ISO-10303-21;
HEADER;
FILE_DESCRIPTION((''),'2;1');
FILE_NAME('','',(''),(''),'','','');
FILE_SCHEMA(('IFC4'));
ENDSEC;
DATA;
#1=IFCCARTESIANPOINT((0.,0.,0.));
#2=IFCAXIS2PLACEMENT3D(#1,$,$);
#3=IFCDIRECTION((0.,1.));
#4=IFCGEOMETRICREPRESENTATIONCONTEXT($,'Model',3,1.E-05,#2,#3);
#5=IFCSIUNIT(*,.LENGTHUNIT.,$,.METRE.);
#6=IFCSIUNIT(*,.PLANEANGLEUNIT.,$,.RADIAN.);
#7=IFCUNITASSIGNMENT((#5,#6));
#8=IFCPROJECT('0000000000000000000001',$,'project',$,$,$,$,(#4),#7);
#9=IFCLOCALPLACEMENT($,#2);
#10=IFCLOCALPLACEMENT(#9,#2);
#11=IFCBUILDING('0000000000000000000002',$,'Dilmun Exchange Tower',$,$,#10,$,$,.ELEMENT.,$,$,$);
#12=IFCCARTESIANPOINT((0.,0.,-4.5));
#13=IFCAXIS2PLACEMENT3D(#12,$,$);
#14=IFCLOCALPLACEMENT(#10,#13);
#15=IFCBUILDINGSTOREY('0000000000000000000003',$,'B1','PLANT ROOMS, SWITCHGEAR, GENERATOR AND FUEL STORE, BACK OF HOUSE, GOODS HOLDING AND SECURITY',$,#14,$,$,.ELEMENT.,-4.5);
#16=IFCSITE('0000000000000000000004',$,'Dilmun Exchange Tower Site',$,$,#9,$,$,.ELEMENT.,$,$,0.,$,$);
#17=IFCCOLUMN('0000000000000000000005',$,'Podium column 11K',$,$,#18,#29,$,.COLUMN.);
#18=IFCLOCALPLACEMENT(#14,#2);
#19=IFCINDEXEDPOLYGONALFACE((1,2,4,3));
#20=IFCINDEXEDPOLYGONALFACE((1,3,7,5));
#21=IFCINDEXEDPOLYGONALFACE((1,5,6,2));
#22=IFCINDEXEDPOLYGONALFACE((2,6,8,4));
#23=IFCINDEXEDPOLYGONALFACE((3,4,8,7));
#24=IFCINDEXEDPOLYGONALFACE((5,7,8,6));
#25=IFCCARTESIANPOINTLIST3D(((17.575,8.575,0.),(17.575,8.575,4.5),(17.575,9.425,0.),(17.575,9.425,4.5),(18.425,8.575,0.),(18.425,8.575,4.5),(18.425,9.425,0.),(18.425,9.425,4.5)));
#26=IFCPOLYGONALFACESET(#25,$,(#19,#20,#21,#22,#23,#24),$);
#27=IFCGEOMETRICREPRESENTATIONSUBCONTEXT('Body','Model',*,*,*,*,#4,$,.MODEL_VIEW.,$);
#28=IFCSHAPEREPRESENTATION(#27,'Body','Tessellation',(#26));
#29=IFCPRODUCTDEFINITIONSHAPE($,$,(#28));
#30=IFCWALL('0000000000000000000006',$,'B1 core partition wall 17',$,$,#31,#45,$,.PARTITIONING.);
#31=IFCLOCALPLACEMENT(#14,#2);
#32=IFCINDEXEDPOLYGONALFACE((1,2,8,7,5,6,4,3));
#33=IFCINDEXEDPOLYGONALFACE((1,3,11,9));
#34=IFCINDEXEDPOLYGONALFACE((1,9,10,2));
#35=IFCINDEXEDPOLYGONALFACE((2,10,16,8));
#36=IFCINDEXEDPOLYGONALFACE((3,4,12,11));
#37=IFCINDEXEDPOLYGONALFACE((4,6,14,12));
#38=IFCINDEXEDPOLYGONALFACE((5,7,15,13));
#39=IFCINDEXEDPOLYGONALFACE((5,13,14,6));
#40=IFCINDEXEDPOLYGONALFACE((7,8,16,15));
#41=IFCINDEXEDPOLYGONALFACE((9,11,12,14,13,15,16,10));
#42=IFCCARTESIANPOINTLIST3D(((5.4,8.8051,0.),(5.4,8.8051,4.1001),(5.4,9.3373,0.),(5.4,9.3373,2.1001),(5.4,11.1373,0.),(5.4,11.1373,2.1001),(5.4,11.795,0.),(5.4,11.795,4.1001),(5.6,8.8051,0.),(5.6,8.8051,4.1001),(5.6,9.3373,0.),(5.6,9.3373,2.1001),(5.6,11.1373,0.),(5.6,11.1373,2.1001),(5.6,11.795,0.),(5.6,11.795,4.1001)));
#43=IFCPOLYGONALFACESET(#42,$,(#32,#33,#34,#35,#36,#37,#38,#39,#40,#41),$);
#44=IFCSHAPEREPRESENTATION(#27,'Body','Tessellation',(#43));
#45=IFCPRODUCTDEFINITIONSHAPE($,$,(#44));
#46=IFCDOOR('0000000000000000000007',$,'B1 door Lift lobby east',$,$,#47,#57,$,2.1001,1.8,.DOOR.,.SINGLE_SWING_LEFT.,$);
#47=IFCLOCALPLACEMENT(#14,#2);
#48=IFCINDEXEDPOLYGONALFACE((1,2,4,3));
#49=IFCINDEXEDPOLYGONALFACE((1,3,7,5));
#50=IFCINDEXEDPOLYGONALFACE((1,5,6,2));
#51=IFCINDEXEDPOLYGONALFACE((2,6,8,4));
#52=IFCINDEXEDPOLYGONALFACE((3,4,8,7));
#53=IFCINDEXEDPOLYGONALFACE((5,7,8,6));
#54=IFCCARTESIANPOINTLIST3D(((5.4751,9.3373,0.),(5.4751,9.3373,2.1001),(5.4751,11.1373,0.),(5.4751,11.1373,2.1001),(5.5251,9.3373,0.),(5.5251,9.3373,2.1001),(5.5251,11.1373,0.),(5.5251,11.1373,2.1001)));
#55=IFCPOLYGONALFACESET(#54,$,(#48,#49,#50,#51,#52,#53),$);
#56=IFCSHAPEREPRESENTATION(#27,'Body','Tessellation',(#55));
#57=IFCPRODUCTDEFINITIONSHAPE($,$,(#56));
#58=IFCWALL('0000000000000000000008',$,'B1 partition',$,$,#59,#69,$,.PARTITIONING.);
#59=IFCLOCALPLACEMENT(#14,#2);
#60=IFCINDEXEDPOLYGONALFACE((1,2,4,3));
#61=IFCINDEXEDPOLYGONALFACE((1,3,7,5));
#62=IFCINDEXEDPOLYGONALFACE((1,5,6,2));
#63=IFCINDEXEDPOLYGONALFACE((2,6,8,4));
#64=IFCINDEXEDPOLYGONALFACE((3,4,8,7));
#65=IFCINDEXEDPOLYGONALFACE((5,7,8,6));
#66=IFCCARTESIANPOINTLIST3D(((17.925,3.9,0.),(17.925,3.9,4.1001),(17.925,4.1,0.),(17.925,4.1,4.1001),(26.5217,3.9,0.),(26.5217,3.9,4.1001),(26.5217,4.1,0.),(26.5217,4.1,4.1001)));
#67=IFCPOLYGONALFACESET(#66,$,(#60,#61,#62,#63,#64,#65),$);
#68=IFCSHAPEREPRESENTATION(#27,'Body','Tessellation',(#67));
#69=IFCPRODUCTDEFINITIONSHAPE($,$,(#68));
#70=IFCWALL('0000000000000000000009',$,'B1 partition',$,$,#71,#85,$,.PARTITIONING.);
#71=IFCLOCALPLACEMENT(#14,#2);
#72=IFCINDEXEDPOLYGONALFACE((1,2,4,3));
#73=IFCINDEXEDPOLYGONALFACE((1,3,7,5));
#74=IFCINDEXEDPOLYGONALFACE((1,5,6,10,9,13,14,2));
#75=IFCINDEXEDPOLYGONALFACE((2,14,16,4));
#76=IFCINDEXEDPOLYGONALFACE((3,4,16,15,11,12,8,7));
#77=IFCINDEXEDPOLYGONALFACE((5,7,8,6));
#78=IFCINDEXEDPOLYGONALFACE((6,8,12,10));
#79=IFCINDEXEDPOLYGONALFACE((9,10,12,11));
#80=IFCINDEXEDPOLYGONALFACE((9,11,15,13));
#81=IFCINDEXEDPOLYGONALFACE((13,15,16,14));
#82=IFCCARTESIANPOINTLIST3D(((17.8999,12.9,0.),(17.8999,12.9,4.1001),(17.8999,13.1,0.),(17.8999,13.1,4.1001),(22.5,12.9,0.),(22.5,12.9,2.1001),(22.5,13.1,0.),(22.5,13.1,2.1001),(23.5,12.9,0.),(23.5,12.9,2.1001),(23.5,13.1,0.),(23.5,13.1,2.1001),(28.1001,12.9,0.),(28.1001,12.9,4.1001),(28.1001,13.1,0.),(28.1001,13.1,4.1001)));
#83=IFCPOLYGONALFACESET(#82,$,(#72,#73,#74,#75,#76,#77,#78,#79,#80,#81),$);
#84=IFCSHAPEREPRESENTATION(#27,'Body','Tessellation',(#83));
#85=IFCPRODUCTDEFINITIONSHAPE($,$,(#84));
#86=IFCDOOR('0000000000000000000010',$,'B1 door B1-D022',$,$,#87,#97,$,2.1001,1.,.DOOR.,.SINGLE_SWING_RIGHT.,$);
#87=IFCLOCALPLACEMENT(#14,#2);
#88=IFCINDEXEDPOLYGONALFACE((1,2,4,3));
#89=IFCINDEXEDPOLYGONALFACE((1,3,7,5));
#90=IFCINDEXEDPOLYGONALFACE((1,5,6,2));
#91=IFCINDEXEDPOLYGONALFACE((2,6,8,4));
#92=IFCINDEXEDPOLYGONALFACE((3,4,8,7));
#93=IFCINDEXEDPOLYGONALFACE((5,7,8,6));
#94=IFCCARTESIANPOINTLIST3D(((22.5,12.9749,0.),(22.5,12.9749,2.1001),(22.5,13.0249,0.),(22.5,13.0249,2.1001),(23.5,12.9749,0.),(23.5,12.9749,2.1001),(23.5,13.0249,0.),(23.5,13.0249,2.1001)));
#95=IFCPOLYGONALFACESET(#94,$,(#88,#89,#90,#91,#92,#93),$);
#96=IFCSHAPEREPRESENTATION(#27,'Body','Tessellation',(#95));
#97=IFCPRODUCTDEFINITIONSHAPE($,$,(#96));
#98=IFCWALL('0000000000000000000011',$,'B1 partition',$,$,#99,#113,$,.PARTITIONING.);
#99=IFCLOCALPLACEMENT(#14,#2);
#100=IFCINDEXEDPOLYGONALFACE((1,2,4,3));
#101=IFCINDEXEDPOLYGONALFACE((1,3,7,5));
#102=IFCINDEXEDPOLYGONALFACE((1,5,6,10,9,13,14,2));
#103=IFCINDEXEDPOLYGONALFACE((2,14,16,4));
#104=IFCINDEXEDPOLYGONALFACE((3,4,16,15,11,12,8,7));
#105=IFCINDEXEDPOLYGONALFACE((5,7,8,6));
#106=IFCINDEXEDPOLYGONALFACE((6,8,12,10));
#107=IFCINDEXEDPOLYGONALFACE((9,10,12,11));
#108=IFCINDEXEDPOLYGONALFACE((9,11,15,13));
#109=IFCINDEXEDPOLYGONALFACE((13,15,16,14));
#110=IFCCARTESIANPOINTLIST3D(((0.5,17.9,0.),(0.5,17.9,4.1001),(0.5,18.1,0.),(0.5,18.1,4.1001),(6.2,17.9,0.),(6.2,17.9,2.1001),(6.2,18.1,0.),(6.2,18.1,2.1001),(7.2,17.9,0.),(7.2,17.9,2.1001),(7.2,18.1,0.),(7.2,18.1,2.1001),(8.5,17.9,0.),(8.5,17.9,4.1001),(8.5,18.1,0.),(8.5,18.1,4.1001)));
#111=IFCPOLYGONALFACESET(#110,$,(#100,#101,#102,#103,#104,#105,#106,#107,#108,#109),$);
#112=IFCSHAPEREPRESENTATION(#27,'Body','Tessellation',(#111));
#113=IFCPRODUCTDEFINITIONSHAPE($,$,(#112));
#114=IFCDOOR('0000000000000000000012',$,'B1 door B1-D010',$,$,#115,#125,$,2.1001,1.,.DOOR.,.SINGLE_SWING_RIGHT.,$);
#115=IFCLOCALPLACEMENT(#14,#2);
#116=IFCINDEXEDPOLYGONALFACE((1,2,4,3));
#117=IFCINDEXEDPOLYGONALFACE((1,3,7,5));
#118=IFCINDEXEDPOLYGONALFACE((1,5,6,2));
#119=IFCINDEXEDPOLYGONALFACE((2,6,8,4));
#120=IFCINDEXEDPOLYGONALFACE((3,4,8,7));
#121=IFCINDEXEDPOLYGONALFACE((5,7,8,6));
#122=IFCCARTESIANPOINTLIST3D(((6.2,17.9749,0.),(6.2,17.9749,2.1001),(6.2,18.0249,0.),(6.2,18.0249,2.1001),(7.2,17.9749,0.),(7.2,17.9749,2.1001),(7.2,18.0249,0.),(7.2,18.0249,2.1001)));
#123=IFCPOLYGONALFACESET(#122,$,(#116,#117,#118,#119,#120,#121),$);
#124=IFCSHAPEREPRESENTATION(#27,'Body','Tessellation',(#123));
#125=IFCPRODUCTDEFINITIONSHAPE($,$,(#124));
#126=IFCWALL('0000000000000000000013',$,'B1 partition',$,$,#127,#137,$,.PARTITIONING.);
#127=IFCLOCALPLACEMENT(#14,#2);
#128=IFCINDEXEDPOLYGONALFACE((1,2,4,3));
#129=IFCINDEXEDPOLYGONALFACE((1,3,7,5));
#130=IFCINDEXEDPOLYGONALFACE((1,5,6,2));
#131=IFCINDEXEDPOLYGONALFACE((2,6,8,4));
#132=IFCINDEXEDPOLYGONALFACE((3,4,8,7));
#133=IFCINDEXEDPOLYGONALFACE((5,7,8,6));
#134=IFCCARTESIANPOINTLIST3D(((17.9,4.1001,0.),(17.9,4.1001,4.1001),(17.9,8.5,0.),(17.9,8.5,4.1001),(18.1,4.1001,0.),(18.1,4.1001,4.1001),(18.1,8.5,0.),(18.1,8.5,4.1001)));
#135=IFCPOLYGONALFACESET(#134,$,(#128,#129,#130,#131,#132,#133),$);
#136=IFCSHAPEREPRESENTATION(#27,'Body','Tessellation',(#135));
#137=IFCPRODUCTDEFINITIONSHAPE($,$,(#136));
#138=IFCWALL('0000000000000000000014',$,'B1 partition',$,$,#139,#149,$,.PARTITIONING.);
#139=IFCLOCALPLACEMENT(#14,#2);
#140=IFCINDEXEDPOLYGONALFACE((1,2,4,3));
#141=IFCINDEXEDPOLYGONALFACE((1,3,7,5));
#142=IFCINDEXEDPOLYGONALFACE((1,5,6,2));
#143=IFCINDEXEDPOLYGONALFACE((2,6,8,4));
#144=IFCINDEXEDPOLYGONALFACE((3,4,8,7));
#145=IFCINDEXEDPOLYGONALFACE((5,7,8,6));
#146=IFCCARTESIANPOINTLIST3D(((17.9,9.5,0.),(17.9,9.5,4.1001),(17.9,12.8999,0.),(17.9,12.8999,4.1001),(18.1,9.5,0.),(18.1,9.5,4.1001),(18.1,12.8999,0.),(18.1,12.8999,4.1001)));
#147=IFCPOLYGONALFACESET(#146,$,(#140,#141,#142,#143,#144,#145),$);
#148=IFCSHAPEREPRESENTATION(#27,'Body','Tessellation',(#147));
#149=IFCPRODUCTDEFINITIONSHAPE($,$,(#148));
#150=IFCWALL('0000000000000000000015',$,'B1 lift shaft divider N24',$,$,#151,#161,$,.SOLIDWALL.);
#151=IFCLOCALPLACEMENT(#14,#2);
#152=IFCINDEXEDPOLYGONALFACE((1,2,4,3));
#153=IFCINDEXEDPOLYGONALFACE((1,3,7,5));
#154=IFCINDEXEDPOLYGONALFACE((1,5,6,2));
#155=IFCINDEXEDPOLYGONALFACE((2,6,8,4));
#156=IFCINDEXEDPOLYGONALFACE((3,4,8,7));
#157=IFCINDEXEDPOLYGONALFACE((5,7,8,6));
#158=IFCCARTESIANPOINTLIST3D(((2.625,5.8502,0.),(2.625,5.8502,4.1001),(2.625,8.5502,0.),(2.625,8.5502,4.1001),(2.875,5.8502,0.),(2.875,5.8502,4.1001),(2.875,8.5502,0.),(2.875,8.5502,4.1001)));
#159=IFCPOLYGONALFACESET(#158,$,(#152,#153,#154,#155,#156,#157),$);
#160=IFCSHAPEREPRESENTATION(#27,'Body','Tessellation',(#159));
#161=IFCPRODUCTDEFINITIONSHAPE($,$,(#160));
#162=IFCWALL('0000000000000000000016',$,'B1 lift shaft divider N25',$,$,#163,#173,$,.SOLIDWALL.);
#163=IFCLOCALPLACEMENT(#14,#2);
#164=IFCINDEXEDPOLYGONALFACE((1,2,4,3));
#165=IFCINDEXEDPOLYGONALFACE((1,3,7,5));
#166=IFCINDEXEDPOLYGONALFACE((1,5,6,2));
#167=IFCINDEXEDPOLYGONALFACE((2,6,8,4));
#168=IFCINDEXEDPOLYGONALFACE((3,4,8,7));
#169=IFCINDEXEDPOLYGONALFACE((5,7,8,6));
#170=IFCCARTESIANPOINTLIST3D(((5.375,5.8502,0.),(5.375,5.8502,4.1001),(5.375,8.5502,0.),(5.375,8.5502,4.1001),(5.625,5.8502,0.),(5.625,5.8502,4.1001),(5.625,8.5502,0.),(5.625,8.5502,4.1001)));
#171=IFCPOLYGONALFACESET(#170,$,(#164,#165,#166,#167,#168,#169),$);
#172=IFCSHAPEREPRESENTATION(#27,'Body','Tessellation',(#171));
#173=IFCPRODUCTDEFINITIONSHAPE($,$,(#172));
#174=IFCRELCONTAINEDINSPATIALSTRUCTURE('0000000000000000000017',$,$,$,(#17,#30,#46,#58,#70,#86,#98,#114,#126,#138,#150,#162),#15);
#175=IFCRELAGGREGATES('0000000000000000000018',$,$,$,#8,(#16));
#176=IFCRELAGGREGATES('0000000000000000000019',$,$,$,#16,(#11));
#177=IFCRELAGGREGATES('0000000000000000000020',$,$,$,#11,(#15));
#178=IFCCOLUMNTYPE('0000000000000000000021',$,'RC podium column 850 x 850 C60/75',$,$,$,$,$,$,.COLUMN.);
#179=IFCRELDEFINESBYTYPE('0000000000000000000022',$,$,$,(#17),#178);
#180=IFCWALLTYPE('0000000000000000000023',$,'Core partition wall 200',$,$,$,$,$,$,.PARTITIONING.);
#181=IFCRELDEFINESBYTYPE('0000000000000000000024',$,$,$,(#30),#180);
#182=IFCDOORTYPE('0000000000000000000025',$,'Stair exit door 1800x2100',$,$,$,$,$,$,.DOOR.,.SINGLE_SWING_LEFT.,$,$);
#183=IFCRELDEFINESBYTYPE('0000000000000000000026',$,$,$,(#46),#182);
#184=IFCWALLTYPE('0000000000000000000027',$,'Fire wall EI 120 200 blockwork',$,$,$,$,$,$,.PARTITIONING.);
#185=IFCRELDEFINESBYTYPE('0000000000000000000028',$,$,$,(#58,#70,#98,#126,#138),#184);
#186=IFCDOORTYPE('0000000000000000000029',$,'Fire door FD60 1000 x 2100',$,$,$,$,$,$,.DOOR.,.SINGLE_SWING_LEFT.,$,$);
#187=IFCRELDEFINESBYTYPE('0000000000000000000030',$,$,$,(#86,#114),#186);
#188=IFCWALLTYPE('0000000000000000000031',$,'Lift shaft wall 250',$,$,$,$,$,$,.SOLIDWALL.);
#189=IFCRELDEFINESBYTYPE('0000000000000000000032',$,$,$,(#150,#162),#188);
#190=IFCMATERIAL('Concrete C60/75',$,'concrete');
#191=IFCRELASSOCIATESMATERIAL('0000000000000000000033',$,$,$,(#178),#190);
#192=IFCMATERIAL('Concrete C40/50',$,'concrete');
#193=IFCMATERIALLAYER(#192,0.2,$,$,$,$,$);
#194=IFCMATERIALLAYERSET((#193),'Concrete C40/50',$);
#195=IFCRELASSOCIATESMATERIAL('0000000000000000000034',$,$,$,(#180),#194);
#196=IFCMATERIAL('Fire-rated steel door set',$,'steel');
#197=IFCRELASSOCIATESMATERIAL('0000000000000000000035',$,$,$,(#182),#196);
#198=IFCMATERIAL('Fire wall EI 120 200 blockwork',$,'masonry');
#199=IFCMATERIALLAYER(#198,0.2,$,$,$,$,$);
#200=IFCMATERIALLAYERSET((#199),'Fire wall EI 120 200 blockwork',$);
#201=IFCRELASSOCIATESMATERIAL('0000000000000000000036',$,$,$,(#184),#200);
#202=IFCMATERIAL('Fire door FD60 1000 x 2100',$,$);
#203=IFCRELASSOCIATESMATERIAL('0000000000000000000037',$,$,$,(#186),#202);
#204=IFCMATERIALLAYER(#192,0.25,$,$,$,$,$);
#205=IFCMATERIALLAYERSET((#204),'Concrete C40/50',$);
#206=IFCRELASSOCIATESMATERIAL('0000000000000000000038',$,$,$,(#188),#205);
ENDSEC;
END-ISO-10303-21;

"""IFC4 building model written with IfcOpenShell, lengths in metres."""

from ifc_helpers import new_model, si_unit, direction, frame, frame_2d, origin, origin_2d, place, context, subcontext, project, spatial, rectangle, extrude, material, layer, layer_set, material_profile, profile_set, type_object, element, fill, save


model = new_model("IFC4")

# Units and contexts
model_context = context("Model", 3, precision=1e-05, world=origin(), true_north=direction((0.0, 1.0)))
body_context = subcontext(model_context, "Body", "Model", "MODEL_VIEW")
ifc_project = project(units=[si_unit("LENGTHUNIT", "METRE"), si_unit("PLANEANGLEUNIT", "RADIAN")], contexts=[model_context])

# Site, building, storey
site_placement = place(None, origin())
site = spatial("IfcSite", under=ifc_project, at=site_placement, Name="Dilmun Exchange Tower Site", CompositionType="ELEMENT", RefElevation=0.0)
building_placement = place(site_placement, origin())
building = spatial("IfcBuilding", under=site, at=building_placement, Name="Dilmun Exchange Tower", CompositionType="ELEMENT")
storey_placement = place(building_placement, frame((0.0, 0.0, -4.5)))
storey = spatial("IfcBuildingStorey", under=building, at=storey_placement, Name="B1", Description="PLANT ROOMS, SWITCHGEAR, GENERATOR AND FUEL STORE, BACK OF HOUSE, GOODS HOLDING AND SECURITY", CompositionType="ELEMENT", Elevation=-4.5)

# Column
ifc_material_1 = material(Name="Concrete C60/75", Category="concrete")
ifc_material_profile = material_profile(ifc_material_1, rectangle(XDim=0.8501, YDim=0.8501, at=origin_2d()), Name="850 x 850")
ifc_profile_set = profile_set([ifc_material_profile], Name="Concrete C60/75")
column_type = type_object("IfcColumnType", Name="RC podium column 850 x 850 C60/75", PredefinedType="COLUMN", material=ifc_profile_set)
column_placement = place(storey_placement, frame((18.0, 9.0, 0.0), z_axis=(0.0, 0.0, 1.0), x_axis=(1.0, 0.0, 0.0)))
element("IfcColumn", 1, at=column_placement, inside=storey, type_object=column_type, Name="Podium column 11K", PredefinedType="COLUMN", context=body_context, shape_type="SweptSolid", body=[
    extrude(rectangle(XDim=0.8501, YDim=0.8501, at=origin_2d()), origin(), (0.0, 0.0, 1.0), 4.5),
])

# Wall, opening, door
ifc_material_2 = material(Name="Concrete C40/50", Category="concrete")
ifc_layer_1 = layer(ifc_material_2, 0.2)
ifc_layer_set_1 = layer_set([ifc_layer_1], Name="Concrete C40/50")
wall_type_1 = type_object("IfcWallType", Name="Core partition wall 200", PredefinedType="PARTITIONING", material=ifc_layer_set_1)
wall_1_placement = place(storey_placement, frame((5.5, 8.8049, 0.0), z_axis=(0.0, 0.0, 1.0), x_axis=(0.0, 1.0, 0.0)))
wall_1 = element("IfcWall", 2, at=wall_1_placement, inside=storey, type_object=wall_type_1, Name="B1 core partition wall 17", PredefinedType="PARTITIONING", context=body_context, shape_type="SweptSolid", body=[
    extrude(rectangle(XDim=2.99, YDim=0.2, at=frame_2d((1.4951, 0.0))), origin(), (0.0, 0.0, 1.0), 4.1001),
])
opening_1_placement = place(wall_1_placement, frame((0.5325, 0.0, 0.0)))
opening_1 = element("IfcOpeningElement", 3, at=opening_1_placement, cuts=wall_1, PredefinedType="OPENING", context=body_context, shape_type="SweptSolid", body=[
    extrude(rectangle(XDim=1.8, YDim=2.1001, at=frame_2d((0.8999, 1.05))), frame((0.0, 0.1099, 0.0), z_axis=(0.0, -1.0, 0.0), x_axis=(1.0, 0.0, 0.0)), (0.0, 0.0, 1.0), 0.22),
])
ifc_material_3 = material(Name="Fire-rated steel door set", Category="steel")
door_type_1 = type_object("IfcDoorType", Name="Stair exit door 1800x2100", OperationType="SINGLE_SWING_LEFT", PredefinedType="DOOR", material=ifc_material_3)
door_1_placement = place(opening_1_placement, origin())
door_1 = element("IfcDoor", 4, at=door_1_placement, inside=storey, type_object=door_type_1, Name="B1 door Lift lobby east", OperationType="SINGLE_SWING_LEFT", OverallHeight=2.1001, OverallWidth=1.8, PredefinedType="DOOR", context=body_context, shape_type="SweptSolid", body=[
    extrude(rectangle(XDim=1.8, YDim=2.1001, at=frame_2d((0.8999, 1.05))), frame((0.0, 0.0249, 0.0), z_axis=(0.0, -1.0, 0.0), x_axis=(1.0, 0.0, 0.0)), (0.0, 0.0, 1.0), 0.05),
])
fill(opening_1, door_1)

# Wall
ifc_material_4 = material(Name="Fire wall EI 120 200 blockwork", Category="masonry")
ifc_layer_2 = layer(ifc_material_4, 0.2)
ifc_layer_set_2 = layer_set([ifc_layer_2], Name="Fire wall EI 120 200 blockwork")
wall_type_2 = type_object("IfcWallType", Name="Fire wall EI 120 200 blockwork", PredefinedType="PARTITIONING", material=ifc_layer_set_2)
wall_2_placement = place(storey_placement, frame((17.925, 4.0, 0.0), z_axis=(0.0, 0.0, 1.0), x_axis=(1.0, 0.0, 0.0)))
element("IfcWall", 5, at=wall_2_placement, inside=storey, type_object=wall_type_2, Name="B1 partition", PredefinedType="PARTITIONING", context=body_context, shape_type="SweptSolid", body=[
    extrude(rectangle(XDim=8.5967, YDim=0.2, at=frame_2d((4.2983, 0.0))), origin(), (0.0, 0.0, 1.0), 4.1001),
])

# Walls, openings, doors
wall_3_placement = place(storey_placement, frame((17.8999, 13.0, 0.0), z_axis=(0.0, 0.0, 1.0), x_axis=(1.0, 0.0, 0.0)))
wall_3 = element("IfcWall", 6, at=wall_3_placement, inside=storey, type_object=wall_type_2, Name="B1 partition", PredefinedType="PARTITIONING", context=body_context, shape_type="SweptSolid", body=[
    extrude(rectangle(XDim=10.2002, YDim=0.2, at=frame_2d((5.1001, 0.0))), origin(), (0.0, 0.0, 1.0), 4.1001),
])
opening_2_placement = place(wall_3_placement, frame((4.6001, 0.0, 0.0)))
opening_2 = element("IfcOpeningElement", 7, at=opening_2_placement, cuts=wall_3, PredefinedType="OPENING", context=body_context, shape_type="SweptSolid", body=[
    extrude(rectangle(XDim=1.0, YDim=2.1001, at=frame_2d((0.5, 1.05))), frame((0.0, 0.1099, 0.0), z_axis=(0.0, -1.0, 0.0), x_axis=(1.0, 0.0, 0.0)), (0.0, 0.0, 1.0), 0.22),
])
ifc_material_5 = material(Name="Fire door FD60 1000 x 2100")
door_type_2 = type_object("IfcDoorType", Name="Fire door FD60 1000 x 2100", OperationType="SINGLE_SWING_LEFT", PredefinedType="DOOR", material=ifc_material_5)
door_2_placement = place(opening_2_placement, origin())
door_2 = element("IfcDoor", 8, at=door_2_placement, inside=storey, type_object=door_type_2, Name="B1 door B1-D022", OperationType="SINGLE_SWING_RIGHT", OverallHeight=2.1001, OverallWidth=1.0, PredefinedType="DOOR", context=body_context, shape_type="SweptSolid", body=[
    extrude(rectangle(XDim=1.0, YDim=2.1001, at=frame_2d((0.5, 1.05))), frame((0.0, 0.0249, 0.0), z_axis=(0.0, -1.0, 0.0), x_axis=(1.0, 0.0, 0.0)), (0.0, 0.0, 1.0), 0.05),
])
fill(opening_2, door_2)
wall_4_placement = place(storey_placement, frame((0.5, 18.0, 0.0), z_axis=(0.0, 0.0, 1.0), x_axis=(1.0, 0.0, 0.0)))
wall_4 = element("IfcWall", 9, at=wall_4_placement, inside=storey, type_object=wall_type_2, Name="B1 partition", PredefinedType="PARTITIONING", context=body_context, shape_type="SweptSolid", body=[
    extrude(rectangle(XDim=8.0, YDim=0.2, at=frame_2d((4.0, 0.0))), origin(), (0.0, 0.0, 1.0), 4.1001),
])
opening_3_placement = place(wall_4_placement, frame((5.7, 0.0, 0.0)))
opening_3 = element("IfcOpeningElement", 10, at=opening_3_placement, cuts=wall_4, PredefinedType="OPENING", context=body_context, shape_type="SweptSolid", body=[
    extrude(rectangle(XDim=1.0, YDim=2.1001, at=frame_2d((0.5, 1.05))), frame((0.0, 0.1099, 0.0), z_axis=(0.0, -1.0, 0.0), x_axis=(1.0, 0.0, 0.0)), (0.0, 0.0, 1.0), 0.22),
])
door_3_placement = place(opening_3_placement, origin())
door_3 = element("IfcDoor", 11, at=door_3_placement, inside=storey, type_object=door_type_2, Name="B1 door B1-D010", OperationType="SINGLE_SWING_RIGHT", OverallHeight=2.1001, OverallWidth=1.0, PredefinedType="DOOR", context=body_context, shape_type="SweptSolid", body=[
    extrude(rectangle(XDim=1.0, YDim=2.1001, at=frame_2d((0.5, 1.05))), frame((0.0, 0.0249, 0.0), z_axis=(0.0, -1.0, 0.0), x_axis=(1.0, 0.0, 0.0)), (0.0, 0.0, 1.0), 0.05),
])
fill(opening_3, door_3)

# Walls
wall_5_placement = place(storey_placement, frame((18.0, 4.1001, 0.0), z_axis=(0.0, 0.0, 1.0), x_axis=(0.0, 1.0, 0.0)))
element("IfcWall", 12, at=wall_5_placement, inside=storey, type_object=wall_type_2, Name="B1 partition", PredefinedType="PARTITIONING", context=body_context, shape_type="SweptSolid", body=[
    extrude(rectangle(XDim=4.3999, YDim=0.2, at=frame_2d((2.2, 0.0))), origin(), (0.0, 0.0, 1.0), 4.1001),
])
wall_6_placement = place(storey_placement, frame((18.0, 9.5, 0.0), z_axis=(0.0, 0.0, 1.0), x_axis=(0.0, 1.0, 0.0)))
element("IfcWall", 13, at=wall_6_placement, inside=storey, type_object=wall_type_2, Name="B1 partition", PredefinedType="PARTITIONING", context=body_context, shape_type="SweptSolid", body=[
    extrude(rectangle(XDim=3.3999, YDim=0.2, at=frame_2d((1.7, 0.0))), origin(), (0.0, 0.0, 1.0), 4.1001),
])
ifc_layer_3 = layer(ifc_material_2, 0.25)
ifc_layer_set_3 = layer_set([ifc_layer_3], Name="Concrete C40/50")
wall_type_3 = type_object("IfcWallType", Name="Lift shaft wall 250", PredefinedType="SOLIDWALL", material=ifc_layer_set_3)
for number, where, z_axis, x_axis, name in (
    (14, (2.75, 5.8501, 0.0), (0.0, 0.0, 1.0), (0.0, 1.0, 0.0), "B1 lift shaft divider N24"),
    (15, (5.5, 5.8501, 0.0), (0.0, 0.0, 1.0), (0.0, 1.0, 0.0), "B1 lift shaft divider N25"),
):
    element("IfcWall", number, at=place(storey_placement, frame(where, z_axis=z_axis, x_axis=x_axis)), inside=storey, type_object=wall_type_3, Name=name, PredefinedType="SOLIDWALL", context=body_context, shape_type="SweptSolid", body=[
        extrude(rectangle(XDim=2.7, YDim=0.25, at=frame_2d((1.3501, 0.0))), origin(), (0.0, 0.0, 1.0), 4.1001),
    ])

save(model, "model.ifc")
